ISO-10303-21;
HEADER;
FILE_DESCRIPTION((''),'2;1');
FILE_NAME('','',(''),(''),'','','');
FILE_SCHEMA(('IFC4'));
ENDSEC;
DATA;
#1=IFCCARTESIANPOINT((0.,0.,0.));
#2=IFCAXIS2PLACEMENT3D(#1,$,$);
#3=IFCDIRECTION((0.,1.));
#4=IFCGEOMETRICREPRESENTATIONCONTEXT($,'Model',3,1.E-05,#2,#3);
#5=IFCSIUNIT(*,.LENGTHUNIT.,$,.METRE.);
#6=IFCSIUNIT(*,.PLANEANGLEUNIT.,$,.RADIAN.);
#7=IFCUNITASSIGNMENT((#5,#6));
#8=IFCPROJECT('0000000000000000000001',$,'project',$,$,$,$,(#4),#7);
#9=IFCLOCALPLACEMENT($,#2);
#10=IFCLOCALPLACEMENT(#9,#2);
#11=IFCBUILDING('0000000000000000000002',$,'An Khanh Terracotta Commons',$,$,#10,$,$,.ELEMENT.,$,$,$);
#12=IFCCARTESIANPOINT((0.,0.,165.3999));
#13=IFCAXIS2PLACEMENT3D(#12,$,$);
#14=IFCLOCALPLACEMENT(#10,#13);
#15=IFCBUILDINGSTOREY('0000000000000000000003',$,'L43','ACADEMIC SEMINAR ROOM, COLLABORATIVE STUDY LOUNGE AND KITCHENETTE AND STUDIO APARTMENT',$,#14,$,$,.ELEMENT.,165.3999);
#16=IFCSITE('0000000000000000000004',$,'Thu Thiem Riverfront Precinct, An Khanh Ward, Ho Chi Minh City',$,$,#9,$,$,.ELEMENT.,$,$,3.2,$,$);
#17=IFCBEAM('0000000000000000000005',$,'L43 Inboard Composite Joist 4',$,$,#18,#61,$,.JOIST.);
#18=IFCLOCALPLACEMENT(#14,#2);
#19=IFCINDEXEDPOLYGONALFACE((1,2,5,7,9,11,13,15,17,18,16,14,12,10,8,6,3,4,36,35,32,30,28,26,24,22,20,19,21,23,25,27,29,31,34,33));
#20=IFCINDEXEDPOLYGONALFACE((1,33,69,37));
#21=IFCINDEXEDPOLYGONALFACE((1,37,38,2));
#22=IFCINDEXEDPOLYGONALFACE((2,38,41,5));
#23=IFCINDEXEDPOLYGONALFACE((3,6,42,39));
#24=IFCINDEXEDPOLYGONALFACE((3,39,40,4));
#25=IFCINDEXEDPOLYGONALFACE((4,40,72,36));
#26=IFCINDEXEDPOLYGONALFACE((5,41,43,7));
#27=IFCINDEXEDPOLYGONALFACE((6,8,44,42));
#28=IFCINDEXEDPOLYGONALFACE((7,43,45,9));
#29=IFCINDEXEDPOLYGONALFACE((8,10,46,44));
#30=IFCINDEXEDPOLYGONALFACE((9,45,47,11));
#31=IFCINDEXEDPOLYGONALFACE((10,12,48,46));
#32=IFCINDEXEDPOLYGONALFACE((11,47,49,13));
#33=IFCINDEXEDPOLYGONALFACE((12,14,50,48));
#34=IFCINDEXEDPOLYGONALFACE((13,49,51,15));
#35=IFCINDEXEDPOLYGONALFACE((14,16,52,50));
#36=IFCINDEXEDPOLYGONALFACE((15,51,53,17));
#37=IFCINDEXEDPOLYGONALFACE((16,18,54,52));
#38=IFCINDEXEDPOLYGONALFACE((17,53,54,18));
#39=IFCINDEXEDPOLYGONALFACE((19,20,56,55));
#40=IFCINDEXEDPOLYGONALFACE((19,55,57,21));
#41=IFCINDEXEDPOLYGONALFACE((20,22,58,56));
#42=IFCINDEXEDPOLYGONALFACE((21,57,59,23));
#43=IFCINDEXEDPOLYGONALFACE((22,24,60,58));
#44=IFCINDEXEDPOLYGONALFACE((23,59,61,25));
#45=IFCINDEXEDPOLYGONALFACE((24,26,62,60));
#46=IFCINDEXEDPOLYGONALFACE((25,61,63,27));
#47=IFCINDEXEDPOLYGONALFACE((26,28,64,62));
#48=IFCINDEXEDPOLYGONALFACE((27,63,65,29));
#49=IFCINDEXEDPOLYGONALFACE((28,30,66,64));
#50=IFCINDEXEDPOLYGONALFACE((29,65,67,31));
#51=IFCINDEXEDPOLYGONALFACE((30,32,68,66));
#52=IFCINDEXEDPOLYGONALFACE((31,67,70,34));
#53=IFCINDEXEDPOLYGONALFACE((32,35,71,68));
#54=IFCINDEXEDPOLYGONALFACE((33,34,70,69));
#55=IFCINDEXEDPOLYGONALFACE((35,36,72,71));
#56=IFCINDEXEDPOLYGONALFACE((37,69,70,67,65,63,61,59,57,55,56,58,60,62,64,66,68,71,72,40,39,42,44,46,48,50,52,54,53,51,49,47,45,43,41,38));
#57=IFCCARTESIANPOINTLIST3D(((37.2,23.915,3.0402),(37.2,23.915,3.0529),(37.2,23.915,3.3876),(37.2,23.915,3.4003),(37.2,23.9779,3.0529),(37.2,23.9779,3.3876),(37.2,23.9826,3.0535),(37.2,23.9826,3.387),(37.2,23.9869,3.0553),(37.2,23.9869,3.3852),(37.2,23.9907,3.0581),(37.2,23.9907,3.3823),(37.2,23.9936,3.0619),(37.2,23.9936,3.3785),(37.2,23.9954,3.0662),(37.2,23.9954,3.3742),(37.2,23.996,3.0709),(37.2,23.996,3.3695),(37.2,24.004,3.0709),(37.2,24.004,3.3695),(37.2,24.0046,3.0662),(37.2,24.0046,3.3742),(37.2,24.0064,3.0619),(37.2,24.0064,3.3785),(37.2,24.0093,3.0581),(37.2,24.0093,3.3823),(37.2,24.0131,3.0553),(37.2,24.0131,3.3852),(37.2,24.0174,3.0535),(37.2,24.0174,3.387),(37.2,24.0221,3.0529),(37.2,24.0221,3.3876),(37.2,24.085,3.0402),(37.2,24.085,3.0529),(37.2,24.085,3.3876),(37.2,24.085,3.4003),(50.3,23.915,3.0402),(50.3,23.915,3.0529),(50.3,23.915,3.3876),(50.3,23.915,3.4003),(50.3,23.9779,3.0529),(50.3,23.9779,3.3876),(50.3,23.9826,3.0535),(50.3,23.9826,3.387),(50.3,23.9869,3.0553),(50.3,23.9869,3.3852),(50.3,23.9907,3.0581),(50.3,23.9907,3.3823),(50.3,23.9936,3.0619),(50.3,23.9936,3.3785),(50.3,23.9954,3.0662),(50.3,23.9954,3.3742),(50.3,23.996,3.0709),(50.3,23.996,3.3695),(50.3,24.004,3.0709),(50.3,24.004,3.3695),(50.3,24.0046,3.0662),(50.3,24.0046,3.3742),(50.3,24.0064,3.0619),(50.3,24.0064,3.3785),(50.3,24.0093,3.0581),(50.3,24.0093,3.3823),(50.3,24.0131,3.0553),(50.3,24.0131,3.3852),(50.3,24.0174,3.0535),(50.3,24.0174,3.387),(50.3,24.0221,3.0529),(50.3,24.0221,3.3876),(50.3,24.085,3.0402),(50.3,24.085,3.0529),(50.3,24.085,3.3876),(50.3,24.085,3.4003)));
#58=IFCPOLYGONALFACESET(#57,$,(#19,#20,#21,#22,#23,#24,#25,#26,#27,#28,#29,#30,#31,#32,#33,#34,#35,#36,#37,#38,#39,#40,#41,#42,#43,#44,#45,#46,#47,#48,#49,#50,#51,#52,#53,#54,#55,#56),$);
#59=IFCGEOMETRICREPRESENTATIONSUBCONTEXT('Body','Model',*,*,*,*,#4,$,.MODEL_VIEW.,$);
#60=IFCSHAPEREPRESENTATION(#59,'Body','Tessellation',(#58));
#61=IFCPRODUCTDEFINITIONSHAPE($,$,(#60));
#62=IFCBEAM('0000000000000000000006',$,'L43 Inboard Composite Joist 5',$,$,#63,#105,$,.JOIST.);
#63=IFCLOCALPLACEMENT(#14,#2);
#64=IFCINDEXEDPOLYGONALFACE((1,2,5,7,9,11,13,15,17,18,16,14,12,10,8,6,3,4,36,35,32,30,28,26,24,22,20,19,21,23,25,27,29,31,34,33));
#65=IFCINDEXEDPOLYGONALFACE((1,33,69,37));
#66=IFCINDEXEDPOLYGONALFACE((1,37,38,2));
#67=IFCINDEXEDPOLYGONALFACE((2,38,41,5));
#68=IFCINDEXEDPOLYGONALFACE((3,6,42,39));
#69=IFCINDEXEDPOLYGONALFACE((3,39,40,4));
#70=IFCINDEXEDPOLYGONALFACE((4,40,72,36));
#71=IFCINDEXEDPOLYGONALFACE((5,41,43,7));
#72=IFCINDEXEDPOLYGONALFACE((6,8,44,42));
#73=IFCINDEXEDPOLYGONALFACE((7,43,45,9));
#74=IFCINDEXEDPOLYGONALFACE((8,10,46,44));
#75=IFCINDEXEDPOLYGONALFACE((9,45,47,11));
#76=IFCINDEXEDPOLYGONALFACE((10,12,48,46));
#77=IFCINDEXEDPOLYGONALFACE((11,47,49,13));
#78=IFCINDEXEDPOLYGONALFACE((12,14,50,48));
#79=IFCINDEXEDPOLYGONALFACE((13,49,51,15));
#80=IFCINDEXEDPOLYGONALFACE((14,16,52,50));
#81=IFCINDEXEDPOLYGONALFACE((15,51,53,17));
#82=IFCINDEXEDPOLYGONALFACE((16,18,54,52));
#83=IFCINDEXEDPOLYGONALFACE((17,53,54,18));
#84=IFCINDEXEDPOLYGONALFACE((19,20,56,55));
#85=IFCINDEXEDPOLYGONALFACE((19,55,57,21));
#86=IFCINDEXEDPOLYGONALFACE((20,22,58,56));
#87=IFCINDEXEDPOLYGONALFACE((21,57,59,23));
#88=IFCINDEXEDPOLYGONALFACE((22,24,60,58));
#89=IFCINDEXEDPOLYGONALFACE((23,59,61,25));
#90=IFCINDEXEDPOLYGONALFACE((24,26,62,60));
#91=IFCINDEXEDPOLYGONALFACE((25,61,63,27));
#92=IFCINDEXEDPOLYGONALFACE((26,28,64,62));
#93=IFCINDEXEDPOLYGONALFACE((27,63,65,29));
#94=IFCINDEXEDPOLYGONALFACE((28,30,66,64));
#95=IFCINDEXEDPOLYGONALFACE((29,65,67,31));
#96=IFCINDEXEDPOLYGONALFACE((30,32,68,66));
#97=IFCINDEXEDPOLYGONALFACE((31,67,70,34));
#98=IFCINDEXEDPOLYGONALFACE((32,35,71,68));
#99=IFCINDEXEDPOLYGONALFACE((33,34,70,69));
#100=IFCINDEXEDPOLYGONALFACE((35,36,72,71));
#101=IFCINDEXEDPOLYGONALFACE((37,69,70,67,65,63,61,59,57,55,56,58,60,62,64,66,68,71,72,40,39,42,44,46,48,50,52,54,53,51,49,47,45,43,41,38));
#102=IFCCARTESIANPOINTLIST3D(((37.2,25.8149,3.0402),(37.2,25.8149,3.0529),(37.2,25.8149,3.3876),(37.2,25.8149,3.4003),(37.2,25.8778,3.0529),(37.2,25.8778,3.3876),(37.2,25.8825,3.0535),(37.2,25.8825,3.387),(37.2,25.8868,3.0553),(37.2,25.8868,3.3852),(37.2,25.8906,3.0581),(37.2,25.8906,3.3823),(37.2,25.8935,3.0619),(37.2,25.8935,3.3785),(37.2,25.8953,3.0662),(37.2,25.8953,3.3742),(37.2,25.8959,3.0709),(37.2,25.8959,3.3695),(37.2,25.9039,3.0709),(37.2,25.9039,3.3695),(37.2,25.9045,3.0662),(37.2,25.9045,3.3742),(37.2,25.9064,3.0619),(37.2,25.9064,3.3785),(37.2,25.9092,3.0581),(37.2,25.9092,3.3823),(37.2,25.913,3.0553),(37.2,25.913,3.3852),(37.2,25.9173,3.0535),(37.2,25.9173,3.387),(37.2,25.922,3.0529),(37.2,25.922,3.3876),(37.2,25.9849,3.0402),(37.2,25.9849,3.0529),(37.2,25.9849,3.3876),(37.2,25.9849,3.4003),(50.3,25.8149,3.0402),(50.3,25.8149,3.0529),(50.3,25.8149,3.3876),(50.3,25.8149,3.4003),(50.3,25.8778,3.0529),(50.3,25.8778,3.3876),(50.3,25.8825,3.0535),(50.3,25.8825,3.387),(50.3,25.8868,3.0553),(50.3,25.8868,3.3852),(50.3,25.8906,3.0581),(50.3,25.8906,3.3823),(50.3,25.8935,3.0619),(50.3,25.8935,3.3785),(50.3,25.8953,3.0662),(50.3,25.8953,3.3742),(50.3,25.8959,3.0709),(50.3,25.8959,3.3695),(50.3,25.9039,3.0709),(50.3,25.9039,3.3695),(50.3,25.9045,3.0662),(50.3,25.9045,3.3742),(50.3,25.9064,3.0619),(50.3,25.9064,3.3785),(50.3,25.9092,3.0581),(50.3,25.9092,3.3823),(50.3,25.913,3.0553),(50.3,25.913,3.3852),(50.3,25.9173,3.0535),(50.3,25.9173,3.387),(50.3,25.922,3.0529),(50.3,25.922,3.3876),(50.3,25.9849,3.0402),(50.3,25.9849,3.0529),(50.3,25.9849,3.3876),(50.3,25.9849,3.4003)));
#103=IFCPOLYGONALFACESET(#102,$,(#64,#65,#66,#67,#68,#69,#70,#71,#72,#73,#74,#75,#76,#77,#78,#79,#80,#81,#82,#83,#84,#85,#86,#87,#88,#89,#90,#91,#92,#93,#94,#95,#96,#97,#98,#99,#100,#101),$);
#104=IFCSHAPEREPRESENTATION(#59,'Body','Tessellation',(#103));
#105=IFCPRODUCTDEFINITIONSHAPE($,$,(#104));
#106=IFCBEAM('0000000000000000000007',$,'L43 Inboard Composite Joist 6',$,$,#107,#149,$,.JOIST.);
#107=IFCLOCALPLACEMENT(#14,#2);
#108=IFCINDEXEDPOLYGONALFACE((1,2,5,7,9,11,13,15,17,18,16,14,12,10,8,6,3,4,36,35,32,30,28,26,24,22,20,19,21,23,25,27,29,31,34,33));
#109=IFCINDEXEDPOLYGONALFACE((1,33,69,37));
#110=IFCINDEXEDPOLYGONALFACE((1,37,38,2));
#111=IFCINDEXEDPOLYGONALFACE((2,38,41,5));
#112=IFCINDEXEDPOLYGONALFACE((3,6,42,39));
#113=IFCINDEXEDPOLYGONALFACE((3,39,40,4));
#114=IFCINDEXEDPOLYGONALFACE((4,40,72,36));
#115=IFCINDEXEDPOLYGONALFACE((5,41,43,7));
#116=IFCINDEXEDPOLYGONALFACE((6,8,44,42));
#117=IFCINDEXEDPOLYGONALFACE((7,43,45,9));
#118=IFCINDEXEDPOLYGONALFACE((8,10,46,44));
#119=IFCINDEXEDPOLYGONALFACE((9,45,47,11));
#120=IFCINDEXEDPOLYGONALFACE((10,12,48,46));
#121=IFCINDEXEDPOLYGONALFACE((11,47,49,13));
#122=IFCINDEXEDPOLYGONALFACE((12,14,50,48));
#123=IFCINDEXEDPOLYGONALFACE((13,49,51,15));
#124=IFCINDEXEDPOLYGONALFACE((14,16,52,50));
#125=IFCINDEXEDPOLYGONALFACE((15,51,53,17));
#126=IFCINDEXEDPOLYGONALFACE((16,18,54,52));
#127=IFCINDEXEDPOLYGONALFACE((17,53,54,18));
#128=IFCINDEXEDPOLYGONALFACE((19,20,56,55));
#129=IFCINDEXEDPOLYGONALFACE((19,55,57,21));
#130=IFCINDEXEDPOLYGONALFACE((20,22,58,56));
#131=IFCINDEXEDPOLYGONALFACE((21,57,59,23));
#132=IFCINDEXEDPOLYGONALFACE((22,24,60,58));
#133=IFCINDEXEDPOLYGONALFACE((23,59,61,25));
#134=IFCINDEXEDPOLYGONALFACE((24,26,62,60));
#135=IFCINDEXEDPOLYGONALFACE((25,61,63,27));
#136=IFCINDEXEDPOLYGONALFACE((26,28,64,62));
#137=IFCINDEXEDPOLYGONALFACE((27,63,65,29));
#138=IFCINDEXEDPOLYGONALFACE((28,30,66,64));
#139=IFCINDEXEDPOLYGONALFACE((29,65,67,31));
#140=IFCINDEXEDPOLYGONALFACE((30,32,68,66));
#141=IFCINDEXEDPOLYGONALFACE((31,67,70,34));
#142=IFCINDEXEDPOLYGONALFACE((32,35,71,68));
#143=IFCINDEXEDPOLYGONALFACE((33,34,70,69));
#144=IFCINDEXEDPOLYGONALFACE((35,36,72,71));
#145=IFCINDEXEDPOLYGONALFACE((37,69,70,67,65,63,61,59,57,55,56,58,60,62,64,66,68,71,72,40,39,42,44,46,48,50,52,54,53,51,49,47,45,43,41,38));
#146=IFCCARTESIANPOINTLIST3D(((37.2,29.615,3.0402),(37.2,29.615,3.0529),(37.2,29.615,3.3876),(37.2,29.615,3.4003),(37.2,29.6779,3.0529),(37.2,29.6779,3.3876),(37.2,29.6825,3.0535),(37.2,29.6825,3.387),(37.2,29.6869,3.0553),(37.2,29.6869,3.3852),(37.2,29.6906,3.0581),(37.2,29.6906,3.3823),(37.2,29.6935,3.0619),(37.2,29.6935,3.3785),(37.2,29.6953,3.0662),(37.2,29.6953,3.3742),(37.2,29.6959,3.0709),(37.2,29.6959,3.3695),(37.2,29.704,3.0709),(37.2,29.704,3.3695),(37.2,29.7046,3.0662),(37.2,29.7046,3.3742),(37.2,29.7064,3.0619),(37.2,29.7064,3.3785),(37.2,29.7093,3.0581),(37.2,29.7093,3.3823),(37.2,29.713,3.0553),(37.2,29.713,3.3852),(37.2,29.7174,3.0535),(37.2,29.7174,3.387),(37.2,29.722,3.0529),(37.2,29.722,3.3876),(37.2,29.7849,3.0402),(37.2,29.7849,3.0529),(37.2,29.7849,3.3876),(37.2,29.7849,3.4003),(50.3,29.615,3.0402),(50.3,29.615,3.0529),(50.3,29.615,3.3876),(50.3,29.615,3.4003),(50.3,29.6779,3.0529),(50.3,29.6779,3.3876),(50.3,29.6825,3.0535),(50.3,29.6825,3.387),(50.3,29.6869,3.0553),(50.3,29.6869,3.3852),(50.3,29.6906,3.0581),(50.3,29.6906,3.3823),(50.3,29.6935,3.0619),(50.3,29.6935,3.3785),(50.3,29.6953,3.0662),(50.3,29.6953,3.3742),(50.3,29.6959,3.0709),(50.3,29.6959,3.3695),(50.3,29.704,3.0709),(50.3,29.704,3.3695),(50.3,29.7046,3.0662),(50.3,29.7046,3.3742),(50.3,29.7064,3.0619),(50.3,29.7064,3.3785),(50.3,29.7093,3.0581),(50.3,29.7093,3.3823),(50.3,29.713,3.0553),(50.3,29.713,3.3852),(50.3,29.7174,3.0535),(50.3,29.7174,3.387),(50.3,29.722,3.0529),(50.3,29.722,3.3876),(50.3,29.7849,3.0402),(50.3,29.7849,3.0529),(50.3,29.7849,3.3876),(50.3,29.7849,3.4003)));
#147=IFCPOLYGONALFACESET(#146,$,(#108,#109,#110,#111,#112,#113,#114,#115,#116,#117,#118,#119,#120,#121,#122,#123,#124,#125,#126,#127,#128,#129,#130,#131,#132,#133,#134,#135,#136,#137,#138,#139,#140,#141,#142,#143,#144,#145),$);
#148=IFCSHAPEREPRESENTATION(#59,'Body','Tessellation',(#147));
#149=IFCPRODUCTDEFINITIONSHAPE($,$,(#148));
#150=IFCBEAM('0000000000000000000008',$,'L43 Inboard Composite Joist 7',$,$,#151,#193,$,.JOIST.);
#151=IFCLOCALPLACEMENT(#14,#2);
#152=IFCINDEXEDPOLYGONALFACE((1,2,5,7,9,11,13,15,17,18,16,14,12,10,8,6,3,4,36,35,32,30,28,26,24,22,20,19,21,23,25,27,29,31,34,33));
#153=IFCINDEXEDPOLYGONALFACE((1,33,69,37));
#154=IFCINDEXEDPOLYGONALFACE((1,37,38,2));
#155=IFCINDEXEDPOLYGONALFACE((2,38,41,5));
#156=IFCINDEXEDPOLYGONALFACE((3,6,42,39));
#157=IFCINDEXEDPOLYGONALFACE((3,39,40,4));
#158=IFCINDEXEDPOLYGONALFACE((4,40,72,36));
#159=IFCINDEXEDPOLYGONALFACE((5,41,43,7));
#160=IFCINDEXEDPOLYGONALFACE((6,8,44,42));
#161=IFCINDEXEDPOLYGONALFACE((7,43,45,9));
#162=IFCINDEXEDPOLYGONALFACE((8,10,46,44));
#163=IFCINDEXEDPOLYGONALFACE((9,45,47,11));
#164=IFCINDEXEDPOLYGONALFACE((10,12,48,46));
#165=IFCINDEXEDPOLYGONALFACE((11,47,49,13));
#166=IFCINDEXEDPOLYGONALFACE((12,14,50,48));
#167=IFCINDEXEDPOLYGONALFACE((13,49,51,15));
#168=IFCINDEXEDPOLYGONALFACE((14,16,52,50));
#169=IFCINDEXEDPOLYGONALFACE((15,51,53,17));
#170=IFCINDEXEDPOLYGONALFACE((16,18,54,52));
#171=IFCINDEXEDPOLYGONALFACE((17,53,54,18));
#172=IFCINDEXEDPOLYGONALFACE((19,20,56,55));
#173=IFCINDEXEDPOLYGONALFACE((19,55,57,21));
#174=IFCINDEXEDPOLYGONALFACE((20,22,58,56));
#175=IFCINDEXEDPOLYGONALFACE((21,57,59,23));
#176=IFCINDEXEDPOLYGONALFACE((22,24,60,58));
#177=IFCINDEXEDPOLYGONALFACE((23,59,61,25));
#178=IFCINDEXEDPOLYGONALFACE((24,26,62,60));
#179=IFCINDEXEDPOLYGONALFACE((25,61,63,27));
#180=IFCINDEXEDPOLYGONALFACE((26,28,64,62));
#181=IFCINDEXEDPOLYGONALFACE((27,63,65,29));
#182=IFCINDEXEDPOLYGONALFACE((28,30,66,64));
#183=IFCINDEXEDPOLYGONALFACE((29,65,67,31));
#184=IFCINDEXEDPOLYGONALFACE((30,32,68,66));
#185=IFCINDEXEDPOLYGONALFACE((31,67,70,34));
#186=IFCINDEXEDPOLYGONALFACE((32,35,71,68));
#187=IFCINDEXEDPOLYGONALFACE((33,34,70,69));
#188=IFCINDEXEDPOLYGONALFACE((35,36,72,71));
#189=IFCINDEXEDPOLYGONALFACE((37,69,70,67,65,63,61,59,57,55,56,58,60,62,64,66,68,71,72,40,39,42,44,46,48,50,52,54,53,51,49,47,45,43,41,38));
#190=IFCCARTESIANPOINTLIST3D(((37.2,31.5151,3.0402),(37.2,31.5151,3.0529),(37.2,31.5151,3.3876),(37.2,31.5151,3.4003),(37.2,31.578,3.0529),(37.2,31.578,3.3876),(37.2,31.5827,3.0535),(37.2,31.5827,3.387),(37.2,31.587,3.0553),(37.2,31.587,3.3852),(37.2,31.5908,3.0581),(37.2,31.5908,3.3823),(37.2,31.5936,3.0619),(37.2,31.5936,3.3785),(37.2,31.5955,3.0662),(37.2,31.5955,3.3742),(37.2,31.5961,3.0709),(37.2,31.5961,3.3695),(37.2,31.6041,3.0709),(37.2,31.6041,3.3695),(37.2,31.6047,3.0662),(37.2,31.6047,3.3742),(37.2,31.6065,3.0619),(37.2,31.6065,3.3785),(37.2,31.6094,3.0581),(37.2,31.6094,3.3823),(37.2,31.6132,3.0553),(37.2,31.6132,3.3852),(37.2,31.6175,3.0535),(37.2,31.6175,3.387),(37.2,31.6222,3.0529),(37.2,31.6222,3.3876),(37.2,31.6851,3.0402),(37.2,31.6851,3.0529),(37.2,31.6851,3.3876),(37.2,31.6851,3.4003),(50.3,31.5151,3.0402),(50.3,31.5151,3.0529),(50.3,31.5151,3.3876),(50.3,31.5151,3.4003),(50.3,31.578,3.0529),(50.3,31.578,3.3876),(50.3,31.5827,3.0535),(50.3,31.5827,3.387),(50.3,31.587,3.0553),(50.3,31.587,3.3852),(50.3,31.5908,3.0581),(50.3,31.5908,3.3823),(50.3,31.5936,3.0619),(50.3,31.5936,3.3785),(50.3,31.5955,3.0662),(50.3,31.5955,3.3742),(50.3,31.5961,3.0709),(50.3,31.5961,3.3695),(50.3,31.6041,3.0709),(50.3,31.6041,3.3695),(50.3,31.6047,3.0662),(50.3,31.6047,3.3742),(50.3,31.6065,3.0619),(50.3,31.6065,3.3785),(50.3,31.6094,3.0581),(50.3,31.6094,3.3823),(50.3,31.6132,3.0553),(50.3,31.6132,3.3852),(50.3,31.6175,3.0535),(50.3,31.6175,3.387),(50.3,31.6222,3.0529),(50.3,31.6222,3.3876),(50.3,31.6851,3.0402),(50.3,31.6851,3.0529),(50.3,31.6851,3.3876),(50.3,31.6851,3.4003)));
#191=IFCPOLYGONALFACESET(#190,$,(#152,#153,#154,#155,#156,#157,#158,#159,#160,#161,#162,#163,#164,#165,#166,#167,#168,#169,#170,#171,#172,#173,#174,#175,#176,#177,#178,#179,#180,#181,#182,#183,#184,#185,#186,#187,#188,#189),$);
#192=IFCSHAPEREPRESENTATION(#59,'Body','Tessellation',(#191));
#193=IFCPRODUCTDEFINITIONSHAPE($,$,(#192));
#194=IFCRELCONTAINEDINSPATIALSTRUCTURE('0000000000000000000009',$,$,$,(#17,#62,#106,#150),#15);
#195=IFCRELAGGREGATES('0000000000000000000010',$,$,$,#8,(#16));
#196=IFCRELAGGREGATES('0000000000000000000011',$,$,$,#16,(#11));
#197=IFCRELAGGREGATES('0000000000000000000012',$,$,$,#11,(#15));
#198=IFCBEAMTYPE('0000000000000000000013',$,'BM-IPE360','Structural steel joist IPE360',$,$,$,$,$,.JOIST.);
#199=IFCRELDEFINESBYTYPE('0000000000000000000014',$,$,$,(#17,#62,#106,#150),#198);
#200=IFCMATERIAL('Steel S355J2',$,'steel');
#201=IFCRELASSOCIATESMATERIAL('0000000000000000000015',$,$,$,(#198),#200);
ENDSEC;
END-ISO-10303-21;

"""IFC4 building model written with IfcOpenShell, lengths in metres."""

from ifc_helpers import new_model, si_unit, direction, frame, origin, origin_2d, place, context, subcontext, project, spatial, i_section, extrude, material, material_profile, profile_set, type_object, element, save


model = new_model("IFC4")

# Units and contexts
model_context = context("Model", 3, precision=1e-05, world=origin(), true_north=direction((0.0, 1.0)))
body_context = subcontext(model_context, "Body", "Model", "MODEL_VIEW")
ifc_project = project(units=[si_unit("LENGTHUNIT", "METRE"), si_unit("PLANEANGLEUNIT", "RADIAN")], contexts=[model_context])

# Site, building, storey
site_placement = place(None, origin())
site = spatial("IfcSite", under=ifc_project, at=site_placement, Name="Thu Thiem Riverfront Precinct, An Khanh Ward, Ho Chi Minh City", CompositionType="ELEMENT", RefElevation=3.2)
building_placement = place(site_placement, origin())
building = spatial("IfcBuilding", under=site, at=building_placement, Name="An Khanh Terracotta Commons", CompositionType="ELEMENT")
storey_placement = place(building_placement, frame((0.0, 0.0, 165.3999)))
storey = spatial("IfcBuildingStorey", under=building, at=storey_placement, Name="L43", Description="ACADEMIC SEMINAR ROOM, COLLABORATIVE STUDY LOUNGE AND KITCHENETTE AND STUDIO APARTMENT", CompositionType="ELEMENT", Elevation=165.3999)

# Beams
ifc_material_1 = material(Name="Steel S355J2", Category="steel")
ifc_material_profile_1 = material_profile(ifc_material_1, i_section(OverallWidth=0.1699, OverallDepth=0.3601, WebThickness=0.0081, FlangeThickness=0.0127, FilletRadius=0.0181, at=origin_2d()), Name="IPE360")
ifc_profile_set_1 = profile_set([ifc_material_profile_1], Name="Steel S355J2")
beam_type_1 = type_object("IfcBeamType", Name="BM-IPE360", Description="Structural steel joist IPE360", PredefinedType="JOIST", material=ifc_profile_set_1)
for number, where, z_axis, x_axis, name in (
    (1, (37.2, 24.0, 3.2202), (1.0, 0.0, 0.0), (0.0, 1.0, 0.0), "L43 Inboard Composite Joist 4"),
    (2, (37.2, 25.8999, 3.2202), (1.0, 0.0, 0.0), (0.0, 1.0, 0.0), "L43 Inboard Composite Joist 5"),
    (3, (37.2, 29.7, 3.2202), (1.0, 0.0, 0.0), (0.0, 1.0, 0.0), "L43 Inboard Composite Joist 6"),
    (4, (37.2, 31.6001, 3.2202), (1.0, 0.0, 0.0), (0.0, 1.0, 0.0), "L43 Inboard Composite Joist 7"),
):
    element("IfcBeam", number, at=place(storey_placement, frame(where, z_axis=z_axis, x_axis=x_axis)), inside=storey, type_object=beam_type_1, Name=name, PredefinedType="JOIST", context=body_context, shape_type="SweptSolid", body=[
        extrude(i_section(OverallWidth=0.1699, OverallDepth=0.3601, WebThickness=0.0081, FlangeThickness=0.0127, FilletRadius=0.0181, at=origin_2d()), origin(), (0.0, 0.0, 1.0), 13.1001),
    ])

save(model, "model.ifc")
